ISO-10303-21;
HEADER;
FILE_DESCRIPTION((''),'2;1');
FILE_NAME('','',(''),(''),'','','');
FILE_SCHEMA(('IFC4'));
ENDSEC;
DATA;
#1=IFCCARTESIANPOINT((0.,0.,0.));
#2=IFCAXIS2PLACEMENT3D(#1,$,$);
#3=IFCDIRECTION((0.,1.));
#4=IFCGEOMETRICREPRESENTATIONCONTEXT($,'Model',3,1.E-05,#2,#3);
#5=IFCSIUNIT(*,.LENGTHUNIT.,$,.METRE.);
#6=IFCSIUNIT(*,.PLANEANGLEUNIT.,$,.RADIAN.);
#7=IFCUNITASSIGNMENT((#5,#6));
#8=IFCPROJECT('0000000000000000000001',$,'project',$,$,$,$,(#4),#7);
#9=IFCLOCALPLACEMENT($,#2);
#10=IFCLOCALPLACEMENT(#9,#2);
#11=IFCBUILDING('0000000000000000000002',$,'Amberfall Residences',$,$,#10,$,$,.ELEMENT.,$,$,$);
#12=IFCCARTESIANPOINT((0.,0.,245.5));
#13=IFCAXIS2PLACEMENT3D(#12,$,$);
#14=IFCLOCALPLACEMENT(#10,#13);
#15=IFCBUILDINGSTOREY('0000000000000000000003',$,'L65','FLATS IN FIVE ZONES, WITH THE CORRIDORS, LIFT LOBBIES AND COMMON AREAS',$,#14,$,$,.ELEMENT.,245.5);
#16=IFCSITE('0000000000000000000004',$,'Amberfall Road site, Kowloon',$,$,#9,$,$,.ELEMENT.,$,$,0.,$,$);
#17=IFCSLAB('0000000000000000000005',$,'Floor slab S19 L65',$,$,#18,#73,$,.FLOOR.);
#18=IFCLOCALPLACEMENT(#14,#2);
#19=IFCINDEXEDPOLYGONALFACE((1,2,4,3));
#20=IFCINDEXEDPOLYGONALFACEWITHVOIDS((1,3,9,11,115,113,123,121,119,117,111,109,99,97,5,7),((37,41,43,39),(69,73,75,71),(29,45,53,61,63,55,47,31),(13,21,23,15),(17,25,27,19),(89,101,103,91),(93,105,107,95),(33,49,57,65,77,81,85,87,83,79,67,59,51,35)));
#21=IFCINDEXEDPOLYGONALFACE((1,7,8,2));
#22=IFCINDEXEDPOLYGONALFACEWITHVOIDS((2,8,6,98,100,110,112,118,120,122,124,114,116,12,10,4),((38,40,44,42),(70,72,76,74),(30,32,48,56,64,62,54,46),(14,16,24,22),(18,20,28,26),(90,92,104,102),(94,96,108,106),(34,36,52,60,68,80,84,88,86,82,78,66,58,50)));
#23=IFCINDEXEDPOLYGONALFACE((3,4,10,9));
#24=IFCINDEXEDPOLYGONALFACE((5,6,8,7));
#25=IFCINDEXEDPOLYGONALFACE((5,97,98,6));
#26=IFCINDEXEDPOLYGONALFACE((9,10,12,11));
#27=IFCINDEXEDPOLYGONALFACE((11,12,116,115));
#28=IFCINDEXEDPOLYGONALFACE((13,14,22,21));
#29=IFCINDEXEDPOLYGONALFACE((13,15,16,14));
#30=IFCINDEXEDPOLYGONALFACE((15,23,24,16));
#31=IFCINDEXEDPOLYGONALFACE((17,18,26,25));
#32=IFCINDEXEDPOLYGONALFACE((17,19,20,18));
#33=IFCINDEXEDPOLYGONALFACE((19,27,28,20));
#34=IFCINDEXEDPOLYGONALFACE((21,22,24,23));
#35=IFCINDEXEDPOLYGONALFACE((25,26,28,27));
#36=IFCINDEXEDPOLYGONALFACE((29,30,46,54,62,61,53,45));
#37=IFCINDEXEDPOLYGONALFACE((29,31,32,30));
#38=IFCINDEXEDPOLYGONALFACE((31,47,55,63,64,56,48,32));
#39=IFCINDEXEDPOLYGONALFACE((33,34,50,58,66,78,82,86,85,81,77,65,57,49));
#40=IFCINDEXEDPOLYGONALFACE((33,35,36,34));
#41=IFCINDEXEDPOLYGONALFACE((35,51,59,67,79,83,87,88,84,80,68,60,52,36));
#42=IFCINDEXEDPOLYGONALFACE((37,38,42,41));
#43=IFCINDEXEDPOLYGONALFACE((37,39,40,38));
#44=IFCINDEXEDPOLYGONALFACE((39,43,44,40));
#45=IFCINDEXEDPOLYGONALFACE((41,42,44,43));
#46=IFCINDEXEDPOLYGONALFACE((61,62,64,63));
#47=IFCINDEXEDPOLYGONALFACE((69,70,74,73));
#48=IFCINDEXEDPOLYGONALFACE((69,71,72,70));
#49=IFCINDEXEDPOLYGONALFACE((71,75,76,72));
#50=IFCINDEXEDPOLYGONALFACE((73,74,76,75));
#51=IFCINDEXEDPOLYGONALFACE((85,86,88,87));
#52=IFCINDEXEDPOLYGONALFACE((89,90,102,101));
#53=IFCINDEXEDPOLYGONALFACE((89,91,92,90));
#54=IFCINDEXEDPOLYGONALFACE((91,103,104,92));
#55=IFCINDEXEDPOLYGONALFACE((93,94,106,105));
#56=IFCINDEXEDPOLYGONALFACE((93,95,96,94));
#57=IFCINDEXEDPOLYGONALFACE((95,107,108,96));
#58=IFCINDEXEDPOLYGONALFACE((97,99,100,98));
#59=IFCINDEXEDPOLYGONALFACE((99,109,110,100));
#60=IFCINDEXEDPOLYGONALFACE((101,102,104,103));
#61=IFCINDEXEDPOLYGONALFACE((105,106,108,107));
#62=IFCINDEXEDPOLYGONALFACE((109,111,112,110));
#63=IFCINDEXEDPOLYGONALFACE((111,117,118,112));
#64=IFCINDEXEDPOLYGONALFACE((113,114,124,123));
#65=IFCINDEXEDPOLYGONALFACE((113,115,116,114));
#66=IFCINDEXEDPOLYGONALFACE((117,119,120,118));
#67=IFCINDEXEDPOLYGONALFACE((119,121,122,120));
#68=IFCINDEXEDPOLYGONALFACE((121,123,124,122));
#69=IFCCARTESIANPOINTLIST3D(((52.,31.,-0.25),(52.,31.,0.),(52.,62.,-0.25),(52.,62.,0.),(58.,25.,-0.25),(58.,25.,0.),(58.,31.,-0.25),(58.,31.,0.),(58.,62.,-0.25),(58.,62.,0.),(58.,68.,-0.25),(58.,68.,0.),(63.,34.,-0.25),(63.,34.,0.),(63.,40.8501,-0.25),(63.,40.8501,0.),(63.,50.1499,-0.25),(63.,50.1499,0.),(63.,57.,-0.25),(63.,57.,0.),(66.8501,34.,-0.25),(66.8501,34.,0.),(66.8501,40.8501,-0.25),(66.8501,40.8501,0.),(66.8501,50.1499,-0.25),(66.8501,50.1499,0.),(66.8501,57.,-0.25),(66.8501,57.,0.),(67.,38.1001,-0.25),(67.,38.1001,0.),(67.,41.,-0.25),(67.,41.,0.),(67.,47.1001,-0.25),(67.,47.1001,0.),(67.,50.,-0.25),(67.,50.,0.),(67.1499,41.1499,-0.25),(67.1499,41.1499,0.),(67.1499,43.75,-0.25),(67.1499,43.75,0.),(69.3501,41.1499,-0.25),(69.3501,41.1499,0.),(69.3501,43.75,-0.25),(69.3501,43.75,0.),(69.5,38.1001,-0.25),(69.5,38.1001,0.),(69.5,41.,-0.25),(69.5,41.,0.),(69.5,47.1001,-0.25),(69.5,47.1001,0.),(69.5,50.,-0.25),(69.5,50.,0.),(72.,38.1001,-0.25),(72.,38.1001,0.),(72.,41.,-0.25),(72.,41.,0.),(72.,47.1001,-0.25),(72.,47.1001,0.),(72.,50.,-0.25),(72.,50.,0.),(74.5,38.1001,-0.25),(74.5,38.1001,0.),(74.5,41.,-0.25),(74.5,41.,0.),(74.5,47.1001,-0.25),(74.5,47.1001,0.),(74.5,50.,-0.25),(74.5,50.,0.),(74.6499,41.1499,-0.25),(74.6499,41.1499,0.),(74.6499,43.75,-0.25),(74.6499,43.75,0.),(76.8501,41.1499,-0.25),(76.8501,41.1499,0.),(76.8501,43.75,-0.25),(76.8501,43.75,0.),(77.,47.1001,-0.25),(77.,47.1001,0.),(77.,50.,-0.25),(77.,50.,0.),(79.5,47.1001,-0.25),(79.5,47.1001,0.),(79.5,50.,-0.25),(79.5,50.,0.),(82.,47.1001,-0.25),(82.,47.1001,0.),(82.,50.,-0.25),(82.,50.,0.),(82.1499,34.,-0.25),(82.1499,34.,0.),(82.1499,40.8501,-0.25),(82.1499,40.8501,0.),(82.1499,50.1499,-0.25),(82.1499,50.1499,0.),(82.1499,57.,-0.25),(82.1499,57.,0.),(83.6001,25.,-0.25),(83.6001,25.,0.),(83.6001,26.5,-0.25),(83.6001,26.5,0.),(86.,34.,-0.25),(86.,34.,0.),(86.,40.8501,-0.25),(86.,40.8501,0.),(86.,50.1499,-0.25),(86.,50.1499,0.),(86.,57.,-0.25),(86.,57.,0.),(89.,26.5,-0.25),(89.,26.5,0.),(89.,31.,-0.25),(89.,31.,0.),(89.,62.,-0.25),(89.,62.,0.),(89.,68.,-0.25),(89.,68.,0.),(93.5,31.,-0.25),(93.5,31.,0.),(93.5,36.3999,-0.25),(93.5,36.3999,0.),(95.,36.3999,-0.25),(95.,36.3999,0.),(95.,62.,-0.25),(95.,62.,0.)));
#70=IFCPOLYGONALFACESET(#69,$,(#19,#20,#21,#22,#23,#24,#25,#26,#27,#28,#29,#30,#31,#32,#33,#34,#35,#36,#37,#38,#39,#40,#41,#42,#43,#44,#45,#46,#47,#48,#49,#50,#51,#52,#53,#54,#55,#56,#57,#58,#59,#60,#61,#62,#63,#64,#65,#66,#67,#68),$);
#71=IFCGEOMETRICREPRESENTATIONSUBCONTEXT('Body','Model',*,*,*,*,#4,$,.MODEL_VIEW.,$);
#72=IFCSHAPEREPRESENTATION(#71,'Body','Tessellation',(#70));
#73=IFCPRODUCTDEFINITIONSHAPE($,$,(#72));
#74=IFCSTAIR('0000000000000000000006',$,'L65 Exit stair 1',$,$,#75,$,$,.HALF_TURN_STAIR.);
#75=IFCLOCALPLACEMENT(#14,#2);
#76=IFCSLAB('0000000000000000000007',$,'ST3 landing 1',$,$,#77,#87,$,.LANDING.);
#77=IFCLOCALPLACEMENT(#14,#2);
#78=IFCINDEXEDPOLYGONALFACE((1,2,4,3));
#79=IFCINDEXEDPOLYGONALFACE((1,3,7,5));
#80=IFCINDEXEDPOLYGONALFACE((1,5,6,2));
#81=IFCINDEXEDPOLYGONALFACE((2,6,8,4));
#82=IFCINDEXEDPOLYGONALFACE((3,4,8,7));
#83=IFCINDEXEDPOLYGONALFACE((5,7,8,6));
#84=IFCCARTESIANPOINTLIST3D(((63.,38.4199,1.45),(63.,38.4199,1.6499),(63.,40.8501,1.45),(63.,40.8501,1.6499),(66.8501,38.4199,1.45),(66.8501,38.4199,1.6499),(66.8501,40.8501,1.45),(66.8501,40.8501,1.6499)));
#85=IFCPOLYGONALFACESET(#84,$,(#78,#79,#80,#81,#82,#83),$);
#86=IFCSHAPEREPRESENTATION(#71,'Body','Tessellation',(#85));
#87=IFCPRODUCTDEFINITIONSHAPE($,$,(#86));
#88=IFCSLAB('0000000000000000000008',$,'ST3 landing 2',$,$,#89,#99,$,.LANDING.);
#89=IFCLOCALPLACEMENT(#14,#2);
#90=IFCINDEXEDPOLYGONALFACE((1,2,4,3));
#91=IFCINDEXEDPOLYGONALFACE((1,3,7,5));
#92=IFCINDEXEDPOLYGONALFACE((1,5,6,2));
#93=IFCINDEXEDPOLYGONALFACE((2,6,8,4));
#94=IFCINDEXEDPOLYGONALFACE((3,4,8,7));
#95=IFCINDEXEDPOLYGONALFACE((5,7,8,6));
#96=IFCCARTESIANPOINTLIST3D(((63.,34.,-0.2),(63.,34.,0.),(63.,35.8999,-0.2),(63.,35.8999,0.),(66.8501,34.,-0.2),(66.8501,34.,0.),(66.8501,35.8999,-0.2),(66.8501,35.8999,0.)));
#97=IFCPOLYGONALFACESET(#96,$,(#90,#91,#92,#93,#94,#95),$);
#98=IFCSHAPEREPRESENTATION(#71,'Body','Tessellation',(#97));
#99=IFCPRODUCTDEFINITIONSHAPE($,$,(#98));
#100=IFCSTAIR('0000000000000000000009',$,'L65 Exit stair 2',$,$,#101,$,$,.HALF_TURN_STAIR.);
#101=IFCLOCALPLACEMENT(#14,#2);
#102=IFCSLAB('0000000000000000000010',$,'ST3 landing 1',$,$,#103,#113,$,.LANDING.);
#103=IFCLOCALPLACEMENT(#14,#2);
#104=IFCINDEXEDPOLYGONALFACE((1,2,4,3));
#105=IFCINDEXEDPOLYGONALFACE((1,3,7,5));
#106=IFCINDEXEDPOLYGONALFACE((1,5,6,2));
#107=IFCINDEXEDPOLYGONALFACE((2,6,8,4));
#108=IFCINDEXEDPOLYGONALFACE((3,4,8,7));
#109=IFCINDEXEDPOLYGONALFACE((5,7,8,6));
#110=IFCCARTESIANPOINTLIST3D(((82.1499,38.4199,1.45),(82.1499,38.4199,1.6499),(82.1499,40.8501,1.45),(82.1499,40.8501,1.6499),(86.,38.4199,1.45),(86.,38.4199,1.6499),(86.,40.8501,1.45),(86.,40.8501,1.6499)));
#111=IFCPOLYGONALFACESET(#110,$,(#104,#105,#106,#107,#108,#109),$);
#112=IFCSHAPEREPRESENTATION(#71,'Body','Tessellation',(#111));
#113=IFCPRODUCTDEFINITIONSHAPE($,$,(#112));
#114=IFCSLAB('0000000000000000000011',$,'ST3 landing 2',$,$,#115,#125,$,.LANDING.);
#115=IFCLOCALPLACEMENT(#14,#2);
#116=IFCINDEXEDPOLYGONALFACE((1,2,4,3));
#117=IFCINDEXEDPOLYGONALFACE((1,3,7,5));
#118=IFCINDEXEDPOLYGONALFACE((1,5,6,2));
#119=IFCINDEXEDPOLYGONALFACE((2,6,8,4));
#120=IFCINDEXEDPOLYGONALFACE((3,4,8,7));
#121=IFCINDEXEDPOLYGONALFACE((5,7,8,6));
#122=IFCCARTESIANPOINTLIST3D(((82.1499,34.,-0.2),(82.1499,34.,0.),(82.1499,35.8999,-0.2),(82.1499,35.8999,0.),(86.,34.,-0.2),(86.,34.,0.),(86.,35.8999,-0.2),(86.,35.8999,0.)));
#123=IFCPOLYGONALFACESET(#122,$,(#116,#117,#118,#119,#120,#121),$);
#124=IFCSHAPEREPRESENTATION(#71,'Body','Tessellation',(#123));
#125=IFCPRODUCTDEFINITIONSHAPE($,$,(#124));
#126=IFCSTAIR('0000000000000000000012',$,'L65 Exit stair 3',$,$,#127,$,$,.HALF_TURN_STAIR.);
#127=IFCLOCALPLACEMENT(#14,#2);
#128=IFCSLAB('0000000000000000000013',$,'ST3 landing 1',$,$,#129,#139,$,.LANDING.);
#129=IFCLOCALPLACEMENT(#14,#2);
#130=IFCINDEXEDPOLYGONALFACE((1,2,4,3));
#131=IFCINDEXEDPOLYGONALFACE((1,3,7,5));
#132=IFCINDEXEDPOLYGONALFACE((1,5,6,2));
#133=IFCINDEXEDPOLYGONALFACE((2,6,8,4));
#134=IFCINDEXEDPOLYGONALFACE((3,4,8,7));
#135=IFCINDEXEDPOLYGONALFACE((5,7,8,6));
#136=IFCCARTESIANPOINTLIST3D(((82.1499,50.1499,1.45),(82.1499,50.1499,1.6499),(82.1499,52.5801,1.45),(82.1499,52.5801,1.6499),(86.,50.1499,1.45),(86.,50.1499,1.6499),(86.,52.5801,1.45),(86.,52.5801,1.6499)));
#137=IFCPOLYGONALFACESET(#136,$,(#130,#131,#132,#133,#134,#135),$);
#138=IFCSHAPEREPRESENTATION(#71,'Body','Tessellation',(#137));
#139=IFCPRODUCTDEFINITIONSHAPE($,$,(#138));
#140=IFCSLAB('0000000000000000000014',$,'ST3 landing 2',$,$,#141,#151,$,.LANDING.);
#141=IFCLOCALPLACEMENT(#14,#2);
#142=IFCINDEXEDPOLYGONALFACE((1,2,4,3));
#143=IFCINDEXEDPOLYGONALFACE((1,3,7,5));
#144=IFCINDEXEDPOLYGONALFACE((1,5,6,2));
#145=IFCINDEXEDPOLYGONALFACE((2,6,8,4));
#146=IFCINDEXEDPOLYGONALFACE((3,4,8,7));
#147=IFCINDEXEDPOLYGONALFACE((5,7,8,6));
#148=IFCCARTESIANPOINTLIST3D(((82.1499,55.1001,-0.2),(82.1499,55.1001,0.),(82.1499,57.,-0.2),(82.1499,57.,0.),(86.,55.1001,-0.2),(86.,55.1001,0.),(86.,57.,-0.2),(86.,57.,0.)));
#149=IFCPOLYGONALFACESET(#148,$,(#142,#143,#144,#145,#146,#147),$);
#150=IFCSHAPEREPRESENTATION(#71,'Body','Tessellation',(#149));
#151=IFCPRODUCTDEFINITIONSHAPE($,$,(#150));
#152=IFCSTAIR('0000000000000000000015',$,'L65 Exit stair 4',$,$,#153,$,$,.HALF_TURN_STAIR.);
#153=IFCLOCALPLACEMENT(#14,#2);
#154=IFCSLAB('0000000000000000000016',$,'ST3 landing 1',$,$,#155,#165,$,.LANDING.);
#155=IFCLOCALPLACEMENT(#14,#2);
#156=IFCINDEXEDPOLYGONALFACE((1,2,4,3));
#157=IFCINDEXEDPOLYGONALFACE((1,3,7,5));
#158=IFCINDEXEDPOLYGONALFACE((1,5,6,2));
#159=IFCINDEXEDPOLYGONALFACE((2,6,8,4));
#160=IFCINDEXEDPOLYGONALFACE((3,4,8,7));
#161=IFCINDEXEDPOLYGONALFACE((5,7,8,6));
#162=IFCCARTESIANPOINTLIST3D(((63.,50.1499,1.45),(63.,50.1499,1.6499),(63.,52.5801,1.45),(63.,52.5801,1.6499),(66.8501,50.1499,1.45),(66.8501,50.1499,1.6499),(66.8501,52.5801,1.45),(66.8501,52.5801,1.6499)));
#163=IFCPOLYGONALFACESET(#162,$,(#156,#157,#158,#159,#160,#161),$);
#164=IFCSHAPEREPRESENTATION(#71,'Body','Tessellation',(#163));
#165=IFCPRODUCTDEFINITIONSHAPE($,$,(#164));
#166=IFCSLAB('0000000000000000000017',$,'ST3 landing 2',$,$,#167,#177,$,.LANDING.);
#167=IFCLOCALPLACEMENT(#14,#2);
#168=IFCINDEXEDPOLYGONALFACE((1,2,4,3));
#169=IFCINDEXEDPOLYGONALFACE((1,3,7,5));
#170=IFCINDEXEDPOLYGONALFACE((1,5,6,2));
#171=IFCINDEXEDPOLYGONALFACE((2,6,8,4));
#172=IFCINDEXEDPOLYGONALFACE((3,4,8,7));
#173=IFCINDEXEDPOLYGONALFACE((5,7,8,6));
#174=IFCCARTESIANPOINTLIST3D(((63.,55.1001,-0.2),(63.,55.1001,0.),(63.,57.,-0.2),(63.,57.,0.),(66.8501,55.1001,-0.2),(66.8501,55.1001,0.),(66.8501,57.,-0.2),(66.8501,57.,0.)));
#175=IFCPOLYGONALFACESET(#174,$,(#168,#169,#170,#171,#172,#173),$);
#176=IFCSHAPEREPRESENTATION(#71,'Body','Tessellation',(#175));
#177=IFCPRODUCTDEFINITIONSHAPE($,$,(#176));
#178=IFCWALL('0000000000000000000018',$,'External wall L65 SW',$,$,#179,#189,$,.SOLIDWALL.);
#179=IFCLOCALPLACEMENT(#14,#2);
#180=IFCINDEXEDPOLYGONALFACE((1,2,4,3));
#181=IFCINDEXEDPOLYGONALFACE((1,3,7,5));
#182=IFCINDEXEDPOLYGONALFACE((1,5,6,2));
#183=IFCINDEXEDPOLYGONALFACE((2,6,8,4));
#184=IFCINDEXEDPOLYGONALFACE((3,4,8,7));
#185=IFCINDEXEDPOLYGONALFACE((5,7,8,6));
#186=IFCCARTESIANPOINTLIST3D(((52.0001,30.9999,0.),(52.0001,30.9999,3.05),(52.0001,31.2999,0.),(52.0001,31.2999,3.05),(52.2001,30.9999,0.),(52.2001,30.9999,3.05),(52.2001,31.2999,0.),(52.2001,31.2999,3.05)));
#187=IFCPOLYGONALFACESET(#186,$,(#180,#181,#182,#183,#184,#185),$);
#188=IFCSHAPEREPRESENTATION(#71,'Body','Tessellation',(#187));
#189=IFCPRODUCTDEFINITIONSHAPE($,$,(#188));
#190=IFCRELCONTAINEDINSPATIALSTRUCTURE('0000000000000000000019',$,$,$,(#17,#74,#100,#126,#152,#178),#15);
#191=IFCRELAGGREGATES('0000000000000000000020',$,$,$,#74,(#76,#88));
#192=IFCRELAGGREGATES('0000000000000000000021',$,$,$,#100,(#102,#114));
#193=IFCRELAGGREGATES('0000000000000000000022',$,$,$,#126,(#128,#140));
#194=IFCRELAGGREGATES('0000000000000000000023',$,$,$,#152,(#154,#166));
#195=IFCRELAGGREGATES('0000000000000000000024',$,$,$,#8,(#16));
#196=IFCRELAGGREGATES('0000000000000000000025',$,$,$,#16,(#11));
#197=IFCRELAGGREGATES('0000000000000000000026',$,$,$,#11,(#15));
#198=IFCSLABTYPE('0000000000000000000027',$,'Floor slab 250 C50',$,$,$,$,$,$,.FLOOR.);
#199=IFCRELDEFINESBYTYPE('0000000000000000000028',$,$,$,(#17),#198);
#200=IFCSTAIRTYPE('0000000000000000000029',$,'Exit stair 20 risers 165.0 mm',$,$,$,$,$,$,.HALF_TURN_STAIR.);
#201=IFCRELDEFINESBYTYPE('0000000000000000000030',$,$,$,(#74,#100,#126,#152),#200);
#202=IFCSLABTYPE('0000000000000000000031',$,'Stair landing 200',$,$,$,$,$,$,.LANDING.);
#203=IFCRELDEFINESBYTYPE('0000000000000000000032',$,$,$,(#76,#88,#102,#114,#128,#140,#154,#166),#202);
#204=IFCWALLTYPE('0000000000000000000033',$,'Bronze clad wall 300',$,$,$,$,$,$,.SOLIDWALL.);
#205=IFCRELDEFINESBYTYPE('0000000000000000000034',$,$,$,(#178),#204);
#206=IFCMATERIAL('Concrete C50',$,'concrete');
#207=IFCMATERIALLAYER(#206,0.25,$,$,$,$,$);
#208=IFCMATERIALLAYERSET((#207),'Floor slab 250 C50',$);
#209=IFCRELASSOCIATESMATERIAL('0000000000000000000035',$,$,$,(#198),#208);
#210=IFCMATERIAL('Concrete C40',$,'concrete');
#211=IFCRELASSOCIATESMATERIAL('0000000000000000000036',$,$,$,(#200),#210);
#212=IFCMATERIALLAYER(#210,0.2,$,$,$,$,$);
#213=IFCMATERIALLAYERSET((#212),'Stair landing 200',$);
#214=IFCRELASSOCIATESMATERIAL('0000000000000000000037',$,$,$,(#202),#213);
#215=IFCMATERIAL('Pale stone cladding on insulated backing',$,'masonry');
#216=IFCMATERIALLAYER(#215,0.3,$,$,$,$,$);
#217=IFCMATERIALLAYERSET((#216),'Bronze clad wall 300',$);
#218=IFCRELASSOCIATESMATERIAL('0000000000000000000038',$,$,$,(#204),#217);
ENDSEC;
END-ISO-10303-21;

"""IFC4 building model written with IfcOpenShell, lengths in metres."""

from ifc_helpers import new_model, si_unit, direction, frame, frame_2d, origin, place, context, subcontext, project, spatial, polyline, rectangle, outline, extrude, material, layer, layer_set, type_object, element, aggregate, save


model = new_model("IFC4")

# Units and contexts
model_context = context("Model", 3, precision=1e-05, world=origin(), true_north=direction((0.0, 1.0)))
body_context = subcontext(model_context, "Body", "Model", "MODEL_VIEW")
ifc_project = project(units=[si_unit("LENGTHUNIT", "METRE"), si_unit("PLANEANGLEUNIT", "RADIAN")], contexts=[model_context])

# Site, building, storey
site_placement = place(None, origin())
site = spatial("IfcSite", under=ifc_project, at=site_placement, Name="Amberfall Road site, Kowloon", CompositionType="ELEMENT", RefElevation=0.0)
building_placement = place(site_placement, origin())
building = spatial("IfcBuilding", under=site, at=building_placement, Name="Amberfall Residences", CompositionType="ELEMENT")
storey_placement = place(building_placement, frame((0.0, 0.0, 245.5)))
storey = spatial("IfcBuildingStorey", under=building, at=storey_placement, Name="L65", Description="FLATS IN FIVE ZONES, WITH THE CORRIDORS, LIFT LOBBIES AND COMMON AREAS", CompositionType="ELEMENT", Elevation=245.5)

# Shared definitions
ifc_material_1 = material(Name="Concrete C50", Category="concrete")

# Slab
ifc_layer_1 = layer(ifc_material_1, 0.25)
ifc_layer_set_1 = layer_set([ifc_layer_1], Name="Floor slab 250 C50")
slab_type_1 = type_object("IfcSlabType", Name="Floor slab 250 C50", PredefinedType="FLOOR", material=ifc_layer_set_1)
slab_1_placement = place(storey_placement, frame((0.0, 0.0, -0.25)))
element("IfcSlab", 1, at=slab_1_placement, inside=storey, type_object=slab_type_1, Name="Floor slab S19 L65", PredefinedType="FLOOR", context=body_context, shape_type="SweptSolid", body=[
    extrude(outline(polyline([(83.6001, 26.5), (83.6001, 25.0), (58.0, 25.0), (58.0, 31.0), (52.0, 31.0), (52.0, 62.0), (58.0, 62.0), (58.0, 68.0), (89.0, 68.0), (89.0, 62.0), (95.0, 62.0), (95.0, 36.3999), (93.5, 36.3999), (93.5, 31.0), (89.0, 31.0), (89.0, 26.5), (83.6001, 26.5)]), holes=[polyline([(86.0, 34.0), (86.0, 40.8501), (82.1499, 40.8501), (82.1499, 34.0), (86.0, 34.0)]), polyline([(86.0, 50.1499), (86.0, 57.0), (82.1499, 57.0), (82.1499, 50.1499), (86.0, 50.1499)]), polyline([(72.0, 50.0), (69.5, 50.0), (67.0, 50.0), (67.0, 47.1001), (69.5, 47.1001), (72.0, 47.1001), (74.5, 47.1001), (77.0, 47.1001), (79.5, 47.1001), (82.0, 47.1001), (82.0, 50.0), (79.5, 50.0), (77.0, 50.0), (74.5, 50.0), (72.0, 50.0)]), polyline([(76.8501, 41.1499), (76.8501, 43.75), (74.6499, 43.75), (74.6499, 41.1499), (76.8501, 41.1499)]), polyline([(69.5, 41.0), (67.0, 41.0), (67.0, 38.1001), (69.5, 38.1001), (72.0, 38.1001), (74.5, 38.1001), (74.5, 41.0), (72.0, 41.0), (69.5, 41.0)]), polyline([(69.3501, 41.1499), (69.3501, 43.75), (67.1499, 43.75), (67.1499, 41.1499), (69.3501, 41.1499)]), polyline([(66.8501, 50.1499), (66.8501, 57.0), (63.0, 57.0), (63.0, 50.1499), (66.8501, 50.1499)]), polyline([(66.8501, 40.8501), (63.0, 40.8501), (63.0, 34.0), (66.8501, 34.0), (66.8501, 40.8501)])]), origin(), (0.0, 0.0, 1.0), 0.25),
])

# Stairs, slabs
ifc_material_2 = material(Name="Concrete C40", Category="concrete")
stair_type = type_object("IfcStairType", Name="Exit stair 20 risers 165.0 mm", PredefinedType="HALF_TURN_STAIR", material=ifc_material_2)
stair_1_placement = place(storey_placement, origin())
stair_1 = element("IfcStair", 2, at=stair_1_placement, inside=storey, type_object=stair_type, Name="L65 Exit stair 1", PredefinedType="HALF_TURN_STAIR")
ifc_layer_2 = layer(ifc_material_2, 0.2)
ifc_layer_set_2 = layer_set([ifc_layer_2], Name="Stair landing 200")
slab_type_2 = type_object("IfcSlabType", Name="Stair landing 200", PredefinedType="LANDING", material=ifc_layer_set_2)
slab_2_placement = place(storey_placement, frame((0.0, 0.0, 1.45)))
slab_2 = element("IfcSlab", 3, at=slab_2_placement, type_object=slab_type_2, Name="ST3 landing 1", PredefinedType="LANDING", context=body_context, shape_type="SweptSolid", body=[
    extrude(outline(polyline([(66.8501, 38.4199), (66.8501, 40.8501), (63.0, 40.8501), (63.0, 38.4199), (66.8501, 38.4199)])), origin(), (0.0, 0.0, 1.0), 0.2),
])
slab_3_placement = place(storey_placement, frame((0.0, 0.0, -0.2)))
slab_3 = element("IfcSlab", 4, at=slab_3_placement, type_object=slab_type_2, Name="ST3 landing 2", PredefinedType="LANDING", context=body_context, shape_type="SweptSolid", body=[
    extrude(outline(polyline([(66.8501, 34.0), (66.8501, 35.8999), (63.0, 35.8999), (63.0, 34.0), (66.8501, 34.0)])), origin(), (0.0, 0.0, 1.0), 0.2),
])
aggregate(stair_1, [slab_2, slab_3])
stair_2_placement = place(storey_placement, origin())
stair_2 = element("IfcStair", 5, at=stair_2_placement, inside=storey, type_object=stair_type, Name="L65 Exit stair 2", PredefinedType="HALF_TURN_STAIR")
slab_4_placement = place(storey_placement, frame((0.0, 0.0, 1.45)))
slab_4 = element("IfcSlab", 6, at=slab_4_placement, type_object=slab_type_2, Name="ST3 landing 1", PredefinedType="LANDING", context=body_context, shape_type="SweptSolid", body=[
    extrude(outline(polyline([(86.0, 38.4199), (86.0, 40.8501), (82.1499, 40.8501), (82.1499, 38.4199), (86.0, 38.4199)])), origin(), (0.0, 0.0, 1.0), 0.2),
])
slab_5_placement = place(storey_placement, frame((0.0, 0.0, -0.2)))
slab_5 = element("IfcSlab", 7, at=slab_5_placement, type_object=slab_type_2, Name="ST3 landing 2", PredefinedType="LANDING", context=body_context, shape_type="SweptSolid", body=[
    extrude(outline(polyline([(86.0, 34.0), (86.0, 35.8999), (82.1499, 35.8999), (82.1499, 34.0), (86.0, 34.0)])), origin(), (0.0, 0.0, 1.0), 0.2),
])
aggregate(stair_2, [slab_4, slab_5])
stair_3_placement = place(storey_placement, origin())
stair_3 = element("IfcStair", 8, at=stair_3_placement, inside=storey, type_object=stair_type, Name="L65 Exit stair 3", PredefinedType="HALF_TURN_STAIR")
slab_6_placement = place(storey_placement, frame((0.0, 0.0, 1.45)))
slab_6 = element("IfcSlab", 9, at=slab_6_placement, type_object=slab_type_2, Name="ST3 landing 1", PredefinedType="LANDING", context=body_context, shape_type="SweptSolid", body=[
    extrude(outline(polyline([(82.1499, 52.5801), (82.1499, 50.1499), (86.0, 50.1499), (86.0, 52.5801), (82.1499, 52.5801)])), origin(), (0.0, 0.0, 1.0), 0.2),
])
slab_7_placement = place(storey_placement, frame((0.0, 0.0, -0.2)))
slab_7 = element("IfcSlab", 10, at=slab_7_placement, type_object=slab_type_2, Name="ST3 landing 2", PredefinedType="LANDING", context=body_context, shape_type="SweptSolid", body=[
    extrude(outline(polyline([(82.1499, 57.0), (82.1499, 55.1001), (86.0, 55.1001), (86.0, 57.0), (82.1499, 57.0)])), origin(), (0.0, 0.0, 1.0), 0.2),
])
aggregate(stair_3, [slab_6, slab_7])
stair_4_placement = place(storey_placement, origin())
stair_4 = element("IfcStair", 11, at=stair_4_placement, inside=storey, type_object=stair_type, Name="L65 Exit stair 4", PredefinedType="HALF_TURN_STAIR")
slab_8_placement = place(storey_placement, frame((0.0, 0.0, 1.45)))
slab_8 = element("IfcSlab", 12, at=slab_8_placement, type_object=slab_type_2, Name="ST3 landing 1", PredefinedType="LANDING", context=body_context, shape_type="SweptSolid", body=[
    extrude(outline(polyline([(63.0, 52.5801), (63.0, 50.1499), (66.8501, 50.1499), (66.8501, 52.5801), (63.0, 52.5801)])), origin(), (0.0, 0.0, 1.0), 0.2),
])
slab_9_placement = place(storey_placement, frame((0.0, 0.0, -0.2)))
slab_9 = element("IfcSlab", 13, at=slab_9_placement, type_object=slab_type_2, Name="ST3 landing 2", PredefinedType="LANDING", context=body_context, shape_type="SweptSolid", body=[
    extrude(outline(polyline([(63.0, 57.0), (63.0, 55.1001), (66.8501, 55.1001), (66.8501, 57.0), (63.0, 57.0)])), origin(), (0.0, 0.0, 1.0), 0.2),
])
aggregate(stair_4, [slab_8, slab_9])

# Wall
ifc_material_3 = material(Name="Pale stone cladding on insulated backing", Category="masonry")
ifc_layer_3 = layer(ifc_material_3, 0.3)
ifc_layer_set_3 = layer_set([ifc_layer_3], Name="Bronze clad wall 300")
wall_type_1 = type_object("IfcWallType", Name="Bronze clad wall 300", PredefinedType="SOLIDWALL", material=ifc_layer_set_3)
wall_1_placement = place(storey_placement, frame((52.0, 31.1499, 0.0), z_axis=(0.0, 0.0, 1.0), x_axis=(1.0, 0.0, 0.0)))
element("IfcWall", 14, at=wall_1_placement, inside=storey, type_object=wall_type_1, Name="External wall L65 SW", PredefinedType="SOLIDWALL", context=body_context, shape_type="SweptSolid", body=[
    extrude(rectangle(XDim=0.2, YDim=0.3, at=frame_2d((0.1001, 0.0))), origin(), (0.0, 0.0, 1.0), 3.05),
])

save(model, "model.ifc")
